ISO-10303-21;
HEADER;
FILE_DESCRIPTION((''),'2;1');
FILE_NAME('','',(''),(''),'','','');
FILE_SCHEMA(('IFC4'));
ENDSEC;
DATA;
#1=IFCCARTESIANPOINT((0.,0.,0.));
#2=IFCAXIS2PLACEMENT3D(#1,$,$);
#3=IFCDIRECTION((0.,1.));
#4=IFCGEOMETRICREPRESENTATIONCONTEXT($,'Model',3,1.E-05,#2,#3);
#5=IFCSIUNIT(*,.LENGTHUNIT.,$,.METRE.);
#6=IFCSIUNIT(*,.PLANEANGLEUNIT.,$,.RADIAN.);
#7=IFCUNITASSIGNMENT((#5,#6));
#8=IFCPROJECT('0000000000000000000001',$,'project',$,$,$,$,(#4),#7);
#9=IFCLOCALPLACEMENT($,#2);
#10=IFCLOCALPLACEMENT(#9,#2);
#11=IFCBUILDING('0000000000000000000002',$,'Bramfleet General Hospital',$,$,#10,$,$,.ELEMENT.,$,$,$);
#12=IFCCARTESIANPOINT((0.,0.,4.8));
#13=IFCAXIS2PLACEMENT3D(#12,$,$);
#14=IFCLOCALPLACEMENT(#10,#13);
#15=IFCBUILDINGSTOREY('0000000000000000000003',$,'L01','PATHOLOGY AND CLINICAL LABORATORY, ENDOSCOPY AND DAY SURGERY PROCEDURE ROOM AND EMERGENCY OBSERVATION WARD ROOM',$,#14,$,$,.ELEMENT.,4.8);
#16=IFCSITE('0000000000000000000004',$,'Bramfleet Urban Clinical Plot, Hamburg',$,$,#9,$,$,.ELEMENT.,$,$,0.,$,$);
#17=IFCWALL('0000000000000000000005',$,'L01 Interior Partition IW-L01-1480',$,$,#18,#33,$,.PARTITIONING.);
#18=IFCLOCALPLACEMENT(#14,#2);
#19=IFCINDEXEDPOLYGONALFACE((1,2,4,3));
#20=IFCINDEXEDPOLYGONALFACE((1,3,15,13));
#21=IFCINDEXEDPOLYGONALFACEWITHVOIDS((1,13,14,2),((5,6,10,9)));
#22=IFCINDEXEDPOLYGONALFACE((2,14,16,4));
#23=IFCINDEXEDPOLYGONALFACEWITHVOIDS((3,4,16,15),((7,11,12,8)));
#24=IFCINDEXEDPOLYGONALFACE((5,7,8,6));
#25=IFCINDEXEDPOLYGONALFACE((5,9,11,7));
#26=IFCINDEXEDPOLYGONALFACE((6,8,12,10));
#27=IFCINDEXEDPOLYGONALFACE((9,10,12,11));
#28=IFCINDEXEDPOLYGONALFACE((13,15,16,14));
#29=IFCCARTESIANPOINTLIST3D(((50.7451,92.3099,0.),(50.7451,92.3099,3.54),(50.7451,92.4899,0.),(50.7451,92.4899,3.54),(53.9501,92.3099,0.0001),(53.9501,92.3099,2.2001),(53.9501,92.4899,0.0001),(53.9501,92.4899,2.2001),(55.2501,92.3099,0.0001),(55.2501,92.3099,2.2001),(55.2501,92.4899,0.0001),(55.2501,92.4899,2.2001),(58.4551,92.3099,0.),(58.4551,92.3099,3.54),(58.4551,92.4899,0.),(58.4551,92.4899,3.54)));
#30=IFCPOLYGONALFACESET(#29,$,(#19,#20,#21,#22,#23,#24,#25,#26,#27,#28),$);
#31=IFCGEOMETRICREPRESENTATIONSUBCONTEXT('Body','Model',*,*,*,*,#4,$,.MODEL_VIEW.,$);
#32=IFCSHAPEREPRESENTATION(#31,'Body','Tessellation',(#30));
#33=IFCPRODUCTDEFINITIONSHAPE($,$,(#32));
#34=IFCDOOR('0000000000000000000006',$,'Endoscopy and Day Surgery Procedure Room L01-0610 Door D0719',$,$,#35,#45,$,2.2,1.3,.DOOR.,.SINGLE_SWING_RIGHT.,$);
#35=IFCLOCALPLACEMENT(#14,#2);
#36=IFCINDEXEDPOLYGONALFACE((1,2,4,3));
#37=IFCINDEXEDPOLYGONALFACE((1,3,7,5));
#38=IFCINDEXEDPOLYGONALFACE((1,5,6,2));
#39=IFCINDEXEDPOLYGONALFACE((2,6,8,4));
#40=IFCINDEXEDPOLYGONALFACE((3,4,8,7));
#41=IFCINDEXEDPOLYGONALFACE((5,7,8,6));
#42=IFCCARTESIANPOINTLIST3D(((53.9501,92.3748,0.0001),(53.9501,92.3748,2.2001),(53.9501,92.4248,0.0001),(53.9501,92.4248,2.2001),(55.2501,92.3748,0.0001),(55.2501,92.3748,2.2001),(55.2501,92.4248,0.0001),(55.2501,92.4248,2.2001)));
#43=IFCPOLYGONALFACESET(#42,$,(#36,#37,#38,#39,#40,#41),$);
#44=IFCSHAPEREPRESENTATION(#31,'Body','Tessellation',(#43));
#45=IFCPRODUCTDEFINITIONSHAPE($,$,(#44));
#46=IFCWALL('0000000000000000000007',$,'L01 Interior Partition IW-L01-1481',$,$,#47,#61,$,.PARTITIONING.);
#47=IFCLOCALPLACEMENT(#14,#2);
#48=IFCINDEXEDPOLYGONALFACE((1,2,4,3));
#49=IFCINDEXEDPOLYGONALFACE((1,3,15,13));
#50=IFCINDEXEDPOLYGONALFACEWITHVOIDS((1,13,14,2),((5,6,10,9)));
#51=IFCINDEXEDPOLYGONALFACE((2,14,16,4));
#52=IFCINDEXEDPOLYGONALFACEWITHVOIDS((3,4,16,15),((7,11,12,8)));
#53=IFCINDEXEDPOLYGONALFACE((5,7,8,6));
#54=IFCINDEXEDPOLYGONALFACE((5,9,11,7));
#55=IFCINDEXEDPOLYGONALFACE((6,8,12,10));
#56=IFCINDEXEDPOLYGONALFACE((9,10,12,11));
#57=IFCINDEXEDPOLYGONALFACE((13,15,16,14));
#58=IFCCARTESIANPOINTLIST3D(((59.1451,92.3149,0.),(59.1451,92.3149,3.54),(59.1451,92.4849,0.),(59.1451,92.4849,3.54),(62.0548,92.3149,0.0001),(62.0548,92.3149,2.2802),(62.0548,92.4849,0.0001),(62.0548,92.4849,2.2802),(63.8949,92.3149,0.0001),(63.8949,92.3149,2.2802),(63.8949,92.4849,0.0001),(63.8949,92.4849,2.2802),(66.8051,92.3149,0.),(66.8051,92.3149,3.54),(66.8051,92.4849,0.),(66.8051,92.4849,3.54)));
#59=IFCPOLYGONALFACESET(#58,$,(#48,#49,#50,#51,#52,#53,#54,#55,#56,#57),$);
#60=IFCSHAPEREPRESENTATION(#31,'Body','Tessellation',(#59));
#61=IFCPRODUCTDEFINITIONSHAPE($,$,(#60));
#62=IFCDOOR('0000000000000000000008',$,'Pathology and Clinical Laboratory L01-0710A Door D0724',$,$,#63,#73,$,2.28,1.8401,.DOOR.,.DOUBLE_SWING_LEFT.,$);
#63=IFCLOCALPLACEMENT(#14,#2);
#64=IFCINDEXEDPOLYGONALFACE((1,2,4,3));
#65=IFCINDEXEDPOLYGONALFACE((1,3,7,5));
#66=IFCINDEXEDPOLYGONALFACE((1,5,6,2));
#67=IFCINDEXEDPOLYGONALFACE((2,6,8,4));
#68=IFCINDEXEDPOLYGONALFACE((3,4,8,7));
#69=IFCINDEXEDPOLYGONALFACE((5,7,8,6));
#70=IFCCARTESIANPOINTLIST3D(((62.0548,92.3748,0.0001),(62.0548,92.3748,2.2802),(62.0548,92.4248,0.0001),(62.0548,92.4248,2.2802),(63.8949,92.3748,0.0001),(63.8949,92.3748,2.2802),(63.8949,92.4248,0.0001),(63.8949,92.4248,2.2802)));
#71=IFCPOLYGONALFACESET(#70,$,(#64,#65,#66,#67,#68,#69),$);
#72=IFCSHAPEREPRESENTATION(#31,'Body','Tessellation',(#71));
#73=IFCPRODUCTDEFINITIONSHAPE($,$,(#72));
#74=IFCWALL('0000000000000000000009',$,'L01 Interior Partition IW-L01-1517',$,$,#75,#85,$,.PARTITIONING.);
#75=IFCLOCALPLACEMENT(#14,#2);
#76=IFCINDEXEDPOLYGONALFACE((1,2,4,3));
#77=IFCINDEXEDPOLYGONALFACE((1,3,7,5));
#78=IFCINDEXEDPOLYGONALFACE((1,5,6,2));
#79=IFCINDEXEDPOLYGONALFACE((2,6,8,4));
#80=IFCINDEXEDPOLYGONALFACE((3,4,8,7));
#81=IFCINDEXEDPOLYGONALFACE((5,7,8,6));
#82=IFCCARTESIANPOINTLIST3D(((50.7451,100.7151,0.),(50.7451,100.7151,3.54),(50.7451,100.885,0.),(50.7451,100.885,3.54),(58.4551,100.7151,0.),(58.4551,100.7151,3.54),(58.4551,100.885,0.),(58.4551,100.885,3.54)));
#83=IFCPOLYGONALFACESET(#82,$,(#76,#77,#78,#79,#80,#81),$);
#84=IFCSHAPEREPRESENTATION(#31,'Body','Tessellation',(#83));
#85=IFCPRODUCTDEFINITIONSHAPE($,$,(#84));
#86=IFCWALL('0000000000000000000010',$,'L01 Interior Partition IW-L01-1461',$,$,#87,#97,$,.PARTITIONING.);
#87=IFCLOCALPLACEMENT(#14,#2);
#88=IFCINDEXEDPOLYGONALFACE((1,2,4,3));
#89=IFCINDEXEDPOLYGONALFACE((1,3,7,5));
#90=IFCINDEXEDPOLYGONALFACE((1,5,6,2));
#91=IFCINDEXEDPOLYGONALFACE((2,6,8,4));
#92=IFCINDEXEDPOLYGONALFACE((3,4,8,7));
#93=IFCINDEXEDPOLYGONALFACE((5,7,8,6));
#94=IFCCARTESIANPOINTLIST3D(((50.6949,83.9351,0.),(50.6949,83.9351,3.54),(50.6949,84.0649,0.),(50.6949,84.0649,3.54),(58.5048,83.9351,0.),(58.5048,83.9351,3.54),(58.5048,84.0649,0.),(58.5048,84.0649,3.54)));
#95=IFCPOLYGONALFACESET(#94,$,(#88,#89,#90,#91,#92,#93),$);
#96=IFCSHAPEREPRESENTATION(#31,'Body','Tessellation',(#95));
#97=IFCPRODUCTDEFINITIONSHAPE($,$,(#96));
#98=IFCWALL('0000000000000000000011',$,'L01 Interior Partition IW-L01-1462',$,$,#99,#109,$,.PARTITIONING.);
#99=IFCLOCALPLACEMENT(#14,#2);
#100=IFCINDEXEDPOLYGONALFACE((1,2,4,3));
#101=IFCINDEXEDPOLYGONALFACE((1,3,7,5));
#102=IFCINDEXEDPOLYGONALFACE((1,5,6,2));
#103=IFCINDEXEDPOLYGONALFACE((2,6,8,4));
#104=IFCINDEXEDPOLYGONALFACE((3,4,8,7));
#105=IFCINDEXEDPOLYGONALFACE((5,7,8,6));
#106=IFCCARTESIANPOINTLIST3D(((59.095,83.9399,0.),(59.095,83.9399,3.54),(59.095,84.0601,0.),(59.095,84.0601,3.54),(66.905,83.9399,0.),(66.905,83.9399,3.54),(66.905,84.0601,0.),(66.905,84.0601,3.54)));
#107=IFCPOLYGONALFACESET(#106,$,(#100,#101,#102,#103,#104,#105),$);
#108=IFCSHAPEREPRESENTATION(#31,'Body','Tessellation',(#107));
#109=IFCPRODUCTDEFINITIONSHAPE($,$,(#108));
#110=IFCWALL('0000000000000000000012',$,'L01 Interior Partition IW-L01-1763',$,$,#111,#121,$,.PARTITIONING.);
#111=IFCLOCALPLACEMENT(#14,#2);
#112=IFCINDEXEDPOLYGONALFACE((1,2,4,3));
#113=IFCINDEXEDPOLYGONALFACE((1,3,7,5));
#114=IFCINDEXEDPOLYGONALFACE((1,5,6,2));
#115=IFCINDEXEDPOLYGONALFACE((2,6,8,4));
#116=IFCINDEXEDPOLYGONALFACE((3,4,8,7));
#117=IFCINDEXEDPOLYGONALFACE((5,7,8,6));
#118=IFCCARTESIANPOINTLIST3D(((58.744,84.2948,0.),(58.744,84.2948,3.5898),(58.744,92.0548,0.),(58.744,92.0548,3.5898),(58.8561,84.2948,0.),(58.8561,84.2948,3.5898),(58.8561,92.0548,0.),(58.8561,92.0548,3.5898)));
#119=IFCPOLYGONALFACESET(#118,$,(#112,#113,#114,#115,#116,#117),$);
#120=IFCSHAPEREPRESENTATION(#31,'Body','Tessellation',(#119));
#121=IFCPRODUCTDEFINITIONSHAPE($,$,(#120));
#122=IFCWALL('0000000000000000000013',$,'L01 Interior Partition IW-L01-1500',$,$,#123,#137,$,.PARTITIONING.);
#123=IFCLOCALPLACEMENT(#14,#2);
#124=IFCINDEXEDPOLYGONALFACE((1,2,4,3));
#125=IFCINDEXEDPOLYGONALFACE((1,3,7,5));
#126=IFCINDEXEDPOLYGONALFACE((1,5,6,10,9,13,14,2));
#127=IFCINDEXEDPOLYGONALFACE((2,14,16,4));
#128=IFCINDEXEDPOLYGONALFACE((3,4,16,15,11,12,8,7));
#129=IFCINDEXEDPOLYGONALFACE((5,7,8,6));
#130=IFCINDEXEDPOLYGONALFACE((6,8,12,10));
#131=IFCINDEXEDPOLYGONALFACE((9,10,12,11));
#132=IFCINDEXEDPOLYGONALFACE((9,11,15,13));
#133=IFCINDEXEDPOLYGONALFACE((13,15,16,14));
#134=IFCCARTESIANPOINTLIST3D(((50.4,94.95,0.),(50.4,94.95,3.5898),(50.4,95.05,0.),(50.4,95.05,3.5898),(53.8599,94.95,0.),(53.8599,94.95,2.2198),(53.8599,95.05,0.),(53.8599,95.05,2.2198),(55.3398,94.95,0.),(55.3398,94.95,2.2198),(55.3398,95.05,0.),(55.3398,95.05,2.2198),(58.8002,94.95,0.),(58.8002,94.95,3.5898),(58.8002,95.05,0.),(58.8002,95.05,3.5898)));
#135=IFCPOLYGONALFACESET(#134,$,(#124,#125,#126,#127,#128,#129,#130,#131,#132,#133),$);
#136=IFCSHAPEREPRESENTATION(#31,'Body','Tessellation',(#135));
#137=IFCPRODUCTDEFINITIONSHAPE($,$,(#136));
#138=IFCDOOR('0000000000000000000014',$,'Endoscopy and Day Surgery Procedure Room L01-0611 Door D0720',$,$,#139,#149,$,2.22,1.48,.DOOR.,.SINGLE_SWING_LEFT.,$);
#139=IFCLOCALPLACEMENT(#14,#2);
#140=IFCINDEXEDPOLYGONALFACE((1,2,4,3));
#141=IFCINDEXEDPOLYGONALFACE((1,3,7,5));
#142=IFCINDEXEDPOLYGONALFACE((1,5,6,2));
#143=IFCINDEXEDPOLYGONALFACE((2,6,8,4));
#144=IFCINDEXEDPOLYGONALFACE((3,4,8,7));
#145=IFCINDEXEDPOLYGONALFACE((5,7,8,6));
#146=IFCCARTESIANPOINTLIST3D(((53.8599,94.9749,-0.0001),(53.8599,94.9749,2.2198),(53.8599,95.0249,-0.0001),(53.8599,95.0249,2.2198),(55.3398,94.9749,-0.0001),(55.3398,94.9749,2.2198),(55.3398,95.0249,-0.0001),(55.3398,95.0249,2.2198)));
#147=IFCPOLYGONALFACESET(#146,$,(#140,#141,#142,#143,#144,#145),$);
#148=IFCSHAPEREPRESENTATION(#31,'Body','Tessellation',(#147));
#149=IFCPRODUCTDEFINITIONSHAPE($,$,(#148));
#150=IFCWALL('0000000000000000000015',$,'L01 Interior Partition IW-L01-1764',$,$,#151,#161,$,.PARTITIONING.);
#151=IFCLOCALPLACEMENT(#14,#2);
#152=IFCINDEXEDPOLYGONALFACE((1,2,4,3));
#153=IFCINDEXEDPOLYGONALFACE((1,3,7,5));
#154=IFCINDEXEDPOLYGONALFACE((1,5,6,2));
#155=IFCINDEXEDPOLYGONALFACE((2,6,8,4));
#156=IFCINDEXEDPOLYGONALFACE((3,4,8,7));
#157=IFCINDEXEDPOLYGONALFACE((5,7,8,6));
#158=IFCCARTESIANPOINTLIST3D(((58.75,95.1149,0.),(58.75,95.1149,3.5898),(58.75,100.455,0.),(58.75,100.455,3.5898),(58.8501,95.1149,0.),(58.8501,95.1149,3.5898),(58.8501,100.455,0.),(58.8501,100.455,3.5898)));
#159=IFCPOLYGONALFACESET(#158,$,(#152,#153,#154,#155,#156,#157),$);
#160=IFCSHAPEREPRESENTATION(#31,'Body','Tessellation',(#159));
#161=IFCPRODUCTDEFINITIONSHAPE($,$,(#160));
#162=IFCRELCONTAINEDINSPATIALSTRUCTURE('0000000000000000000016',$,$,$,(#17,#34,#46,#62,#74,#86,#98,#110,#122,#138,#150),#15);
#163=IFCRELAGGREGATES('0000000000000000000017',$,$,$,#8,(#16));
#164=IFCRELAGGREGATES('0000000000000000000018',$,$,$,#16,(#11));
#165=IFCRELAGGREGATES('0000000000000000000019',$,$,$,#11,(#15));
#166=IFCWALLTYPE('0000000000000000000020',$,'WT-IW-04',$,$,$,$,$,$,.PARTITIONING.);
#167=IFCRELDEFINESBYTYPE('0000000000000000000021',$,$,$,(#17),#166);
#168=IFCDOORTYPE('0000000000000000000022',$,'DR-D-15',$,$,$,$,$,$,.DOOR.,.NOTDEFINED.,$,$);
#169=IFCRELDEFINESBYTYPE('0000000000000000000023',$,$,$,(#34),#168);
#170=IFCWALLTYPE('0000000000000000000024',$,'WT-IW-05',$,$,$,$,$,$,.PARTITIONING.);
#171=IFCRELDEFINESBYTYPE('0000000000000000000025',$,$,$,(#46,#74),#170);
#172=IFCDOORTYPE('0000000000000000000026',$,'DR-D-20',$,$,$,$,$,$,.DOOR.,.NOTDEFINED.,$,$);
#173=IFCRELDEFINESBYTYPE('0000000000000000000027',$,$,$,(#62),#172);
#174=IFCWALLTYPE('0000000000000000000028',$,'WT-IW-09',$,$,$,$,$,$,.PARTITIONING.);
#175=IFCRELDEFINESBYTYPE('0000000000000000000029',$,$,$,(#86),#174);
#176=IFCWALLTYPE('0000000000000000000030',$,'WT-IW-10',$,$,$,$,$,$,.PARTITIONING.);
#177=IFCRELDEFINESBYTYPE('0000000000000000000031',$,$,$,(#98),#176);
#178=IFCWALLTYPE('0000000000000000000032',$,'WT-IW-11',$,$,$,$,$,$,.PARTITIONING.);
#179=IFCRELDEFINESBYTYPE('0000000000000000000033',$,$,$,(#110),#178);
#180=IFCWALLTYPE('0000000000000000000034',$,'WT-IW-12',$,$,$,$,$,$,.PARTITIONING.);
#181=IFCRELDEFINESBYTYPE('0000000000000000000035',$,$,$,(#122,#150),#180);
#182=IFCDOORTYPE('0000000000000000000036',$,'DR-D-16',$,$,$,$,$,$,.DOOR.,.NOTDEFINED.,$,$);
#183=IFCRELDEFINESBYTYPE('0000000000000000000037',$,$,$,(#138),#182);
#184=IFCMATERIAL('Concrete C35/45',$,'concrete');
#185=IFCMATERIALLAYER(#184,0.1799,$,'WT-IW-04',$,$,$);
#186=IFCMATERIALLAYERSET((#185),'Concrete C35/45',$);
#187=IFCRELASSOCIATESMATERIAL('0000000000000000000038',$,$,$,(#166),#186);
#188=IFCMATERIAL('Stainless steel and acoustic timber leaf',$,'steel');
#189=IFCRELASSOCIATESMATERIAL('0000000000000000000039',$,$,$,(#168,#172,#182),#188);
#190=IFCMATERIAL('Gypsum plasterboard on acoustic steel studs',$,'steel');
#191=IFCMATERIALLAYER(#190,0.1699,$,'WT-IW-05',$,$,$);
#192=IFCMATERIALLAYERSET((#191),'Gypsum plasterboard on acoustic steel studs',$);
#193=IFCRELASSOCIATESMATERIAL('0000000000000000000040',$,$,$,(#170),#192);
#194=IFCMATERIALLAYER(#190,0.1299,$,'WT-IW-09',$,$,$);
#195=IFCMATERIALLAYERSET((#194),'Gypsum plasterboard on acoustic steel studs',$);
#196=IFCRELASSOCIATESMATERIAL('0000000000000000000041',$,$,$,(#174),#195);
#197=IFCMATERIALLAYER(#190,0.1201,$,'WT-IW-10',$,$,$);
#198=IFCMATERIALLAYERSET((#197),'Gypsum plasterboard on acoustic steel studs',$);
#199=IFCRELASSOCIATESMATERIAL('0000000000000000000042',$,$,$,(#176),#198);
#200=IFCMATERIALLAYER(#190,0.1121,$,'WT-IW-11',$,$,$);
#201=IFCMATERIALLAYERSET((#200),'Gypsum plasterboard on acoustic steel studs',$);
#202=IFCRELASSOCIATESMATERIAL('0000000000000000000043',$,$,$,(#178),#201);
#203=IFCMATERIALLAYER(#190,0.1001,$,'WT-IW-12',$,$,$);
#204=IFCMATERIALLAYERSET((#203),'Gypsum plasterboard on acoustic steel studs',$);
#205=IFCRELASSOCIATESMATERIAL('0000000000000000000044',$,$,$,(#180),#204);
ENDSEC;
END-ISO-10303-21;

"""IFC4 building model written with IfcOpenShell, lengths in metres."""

from ifc_helpers import new_model, si_unit, direction, frame, frame_2d, origin, place, context, subcontext, project, spatial, rectangle, extrude, material, layer, layer_set, type_object, element, fill, save


model = new_model("IFC4")

# Units and contexts
model_context = context("Model", 3, precision=1e-05, world=origin(), true_north=direction((0.0, 1.0)))
body_context = subcontext(model_context, "Body", "Model", "MODEL_VIEW")
ifc_project = project(units=[si_unit("LENGTHUNIT", "METRE"), si_unit("PLANEANGLEUNIT", "RADIAN")], contexts=[model_context])

# Site, building, storey
site_placement = place(None, origin())
site = spatial("IfcSite", under=ifc_project, at=site_placement, Name="Bramfleet Urban Clinical Plot, Hamburg", CompositionType="ELEMENT", RefElevation=0.0)
building_placement = place(site_placement, origin())
building = spatial("IfcBuilding", under=site, at=building_placement, Name="Bramfleet General Hospital", CompositionType="ELEMENT")
storey_placement = place(building_placement, frame((0.0, 0.0, 4.8)))
storey = spatial("IfcBuildingStorey", under=building, at=storey_placement, Name="L01", Description="PATHOLOGY AND CLINICAL LABORATORY, ENDOSCOPY AND DAY SURGERY PROCEDURE ROOM AND EMERGENCY OBSERVATION WARD ROOM", CompositionType="ELEMENT", Elevation=4.8)

# Shared definitions
ifc_material_1 = material(Name="Concrete C35/45", Category="concrete")

# Shared definitions
ifc_material_2 = material(Name="Stainless steel and acoustic timber leaf", Category="steel")

# Walls, openings, doors
ifc_layer_1 = layer(ifc_material_1, 0.1799, Name="WT-IW-04")
ifc_layer_set_1 = layer_set([ifc_layer_1], Name="Concrete C35/45")
wall_type_1 = type_object("IfcWallType", Name="WT-IW-04", PredefinedType="PARTITIONING", material=ifc_layer_set_1)
wall_1_placement = place(storey_placement, frame((50.7451, 92.3999, 0.0), z_axis=(0.0, 0.0, 1.0), x_axis=(1.0, 0.0, 0.0)))
wall_1 = element("IfcWall", 1, at=wall_1_placement, inside=storey, type_object=wall_type_1, Name="L01 Interior Partition IW-L01-1480", PredefinedType="PARTITIONING", context=body_context, shape_type="SweptSolid", body=[
    extrude(rectangle(XDim=7.71, YDim=0.1799, at=frame_2d((3.855, 0.0))), origin(), (0.0, 0.0, 1.0), 3.54),
])
opening_1_placement = place(wall_1_placement, frame((3.2051, 0.0, 0.0)))
opening_1 = element("IfcOpeningElement", 2, at=opening_1_placement, cuts=wall_1, PredefinedType="OPENING", context=body_context, shape_type="SweptSolid", body=[
    extrude(rectangle(XDim=1.3, YDim=2.2, at=frame_2d((0.6499, 1.1001))), frame((0.0, 0.0999, 0.0), z_axis=(0.0, -1.0, 0.0), x_axis=(1.0, 0.0, 0.0)), (0.0, 0.0, 1.0), 0.2),
])
door_type_1 = type_object("IfcDoorType", Name="DR-D-15", OperationType="NOTDEFINED", PredefinedType="DOOR", material=ifc_material_2)
door_1_placement = place(opening_1_placement, origin())
door_1 = element("IfcDoor", 3, at=door_1_placement, inside=storey, type_object=door_type_1, Name="Endoscopy and Day Surgery Procedure Room L01-0610 Door D0719", OperationType="SINGLE_SWING_RIGHT", OverallHeight=2.2, OverallWidth=1.3, PredefinedType="DOOR", context=body_context, shape_type="SweptSolid", body=[
    extrude(rectangle(XDim=1.3, YDim=2.2, at=frame_2d((0.6499, 1.1001))), frame((0.0, 0.0249, 0.0), z_axis=(0.0, -1.0, 0.0), x_axis=(1.0, 0.0, 0.0)), (0.0, 0.0, 1.0), 0.05),
])
fill(opening_1, door_1)
ifc_material_3 = material(Name="Gypsum plasterboard on acoustic steel studs", Category="steel")
ifc_layer_2 = layer(ifc_material_3, 0.1699, Name="WT-IW-05")
ifc_layer_set_2 = layer_set([ifc_layer_2], Name="Gypsum plasterboard on acoustic steel studs")
wall_type_2 = type_object("IfcWallType", Name="WT-IW-05", PredefinedType="PARTITIONING", material=ifc_layer_set_2)
wall_2_placement = place(storey_placement, frame((59.145, 92.3999, 0.0), z_axis=(0.0, 0.0, 1.0), x_axis=(1.0, 0.0, 0.0)))
wall_2 = element("IfcWall", 4, at=wall_2_placement, inside=storey, type_object=wall_type_2, Name="L01 Interior Partition IW-L01-1481", PredefinedType="PARTITIONING", context=body_context, shape_type="SweptSolid", body=[
    extrude(rectangle(XDim=7.6599, YDim=0.1699, at=frame_2d((3.8301, 0.0))), origin(), (0.0, 0.0, 1.0), 3.54),
])
opening_2_placement = place(wall_2_placement, frame((2.9099, 0.0, 0.0)))
opening_2 = element("IfcOpeningElement", 5, at=opening_2_placement, cuts=wall_2, PredefinedType="OPENING", context=body_context, shape_type="SweptSolid", body=[
    extrude(rectangle(XDim=1.8401, YDim=2.28, at=frame_2d((0.9199, 1.1401))), frame((0.0, 0.095, 0.0), z_axis=(0.0, -1.0, 0.0), x_axis=(1.0, 0.0, 0.0)), (0.0, 0.0, 1.0), 0.1899),
])
door_type_2 = type_object("IfcDoorType", Name="DR-D-20", OperationType="NOTDEFINED", PredefinedType="DOOR", material=ifc_material_2)
door_2_placement = place(opening_2_placement, origin())
door_2 = element("IfcDoor", 6, at=door_2_placement, inside=storey, type_object=door_type_2, Name="Pathology and Clinical Laboratory L01-0710A Door D0724", OperationType="DOUBLE_SWING_LEFT", OverallHeight=2.28, OverallWidth=1.8401, PredefinedType="DOOR", context=body_context, shape_type="SweptSolid", body=[
    extrude(rectangle(XDim=1.8401, YDim=2.28, at=frame_2d((0.9199, 1.1401))), frame((0.0, 0.0249, 0.0), z_axis=(0.0, -1.0, 0.0), x_axis=(1.0, 0.0, 0.0)), (0.0, 0.0, 1.0), 0.05),
])
fill(opening_2, door_2)

# Walls
wall_3_placement = place(storey_placement, frame((50.7451, 100.8, 0.0), z_axis=(0.0, 0.0, 1.0), x_axis=(1.0, 0.0, 0.0)))
element("IfcWall", 7, at=wall_3_placement, inside=storey, type_object=wall_type_2, Name="L01 Interior Partition IW-L01-1517", PredefinedType="PARTITIONING", context=body_context, shape_type="SweptSolid", body=[
    extrude(rectangle(XDim=7.71, YDim=0.1699, at=frame_2d((3.855, 0.0))), origin(), (0.0, 0.0, 1.0), 3.54),
])
ifc_layer_3 = layer(ifc_material_3, 0.1299, Name="WT-IW-09")
ifc_layer_set_3 = layer_set([ifc_layer_3], Name="Gypsum plasterboard on acoustic steel studs")
wall_type_3 = type_object("IfcWallType", Name="WT-IW-09", PredefinedType="PARTITIONING", material=ifc_layer_set_3)
wall_4_placement = place(storey_placement, frame((50.6951, 84.0, 0.0), z_axis=(0.0, 0.0, 1.0), x_axis=(1.0, 0.0, 0.0)))
element("IfcWall", 8, at=wall_4_placement, inside=storey, type_object=wall_type_3, Name="L01 Interior Partition IW-L01-1461", PredefinedType="PARTITIONING", context=body_context, shape_type="SweptSolid", body=[
    extrude(rectangle(XDim=7.8098, YDim=0.1299, at=frame_2d((3.9048, 0.0))), origin(), (0.0, 0.0, 1.0), 3.54),
])
ifc_layer_4 = layer(ifc_material_3, 0.1201, Name="WT-IW-10")
ifc_layer_set_4 = layer_set([ifc_layer_4], Name="Gypsum plasterboard on acoustic steel studs")
wall_type_4 = type_object("IfcWallType", Name="WT-IW-10", PredefinedType="PARTITIONING", material=ifc_layer_set_4)
wall_5_placement = place(storey_placement, frame((59.095, 84.0, 0.0), z_axis=(0.0, 0.0, 1.0), x_axis=(1.0, 0.0, 0.0)))
element("IfcWall", 9, at=wall_5_placement, inside=storey, type_object=wall_type_4, Name="L01 Interior Partition IW-L01-1462", PredefinedType="PARTITIONING", context=body_context, shape_type="SweptSolid", body=[
    extrude(rectangle(XDim=7.8101, YDim=0.1201, at=frame_2d((3.905, 0.0))), origin(), (0.0, 0.0, 1.0), 3.54),
])
ifc_layer_5 = layer(ifc_material_3, 0.1121, Name="WT-IW-11")
ifc_layer_set_5 = layer_set([ifc_layer_5], Name="Gypsum plasterboard on acoustic steel studs")
wall_type_5 = type_object("IfcWallType", Name="WT-IW-11", PredefinedType="PARTITIONING", material=ifc_layer_set_5)
wall_6_placement = place(storey_placement, frame((58.8, 84.2949, 0.0), z_axis=(0.0, 0.0, 1.0), x_axis=(0.0, 1.0, 0.0)))
element("IfcWall", 10, at=wall_6_placement, inside=storey, type_object=wall_type_5, Name="L01 Interior Partition IW-L01-1763", PredefinedType="PARTITIONING", context=body_context, shape_type="SweptSolid", body=[
    extrude(rectangle(XDim=7.76, YDim=0.1121, at=frame_2d((3.8799, 0.0))), origin(), (0.0, 0.0, 1.0), 3.5898),
])

# Wall, opening, door
ifc_layer_6 = layer(ifc_material_3, 0.1001, Name="WT-IW-12")
ifc_layer_set_6 = layer_set([ifc_layer_6], Name="Gypsum plasterboard on acoustic steel studs")
wall_type_6 = type_object("IfcWallType", Name="WT-IW-12", PredefinedType="PARTITIONING", material=ifc_layer_set_6)
wall_7_placement = place(storey_placement, frame((50.3999, 95.0, 0.0), z_axis=(0.0, 0.0, 1.0), x_axis=(1.0, 0.0, 0.0)))
wall_7 = element("IfcWall", 11, at=wall_7_placement, inside=storey, type_object=wall_type_6, Name="L01 Interior Partition IW-L01-1500", PredefinedType="PARTITIONING", context=body_context, shape_type="SweptSolid", body=[
    extrude(rectangle(XDim=8.4001, YDim=0.1001, at=frame_2d((4.2002, 0.0))), origin(), (0.0, 0.0, 1.0), 3.5898),
])
opening_3_placement = place(wall_7_placement, frame((3.46, 0.0, 0.0)))
opening_3 = element("IfcOpeningElement", 12, at=opening_3_placement, cuts=wall_7, PredefinedType="OPENING", context=body_context, shape_type="SweptSolid", body=[
    extrude(rectangle(XDim=1.48, YDim=2.22, at=frame_2d((0.74, 1.1099))), frame((0.0, 0.0601, 0.0), z_axis=(0.0, -1.0, 0.0), x_axis=(1.0, 0.0, 0.0)), (0.0, 0.0, 1.0), 0.1201),
])
door_type_3 = type_object("IfcDoorType", Name="DR-D-16", OperationType="NOTDEFINED", PredefinedType="DOOR", material=ifc_material_2)
door_3_placement = place(opening_3_placement, origin())
door_3 = element("IfcDoor", 13, at=door_3_placement, inside=storey, type_object=door_type_3, Name="Endoscopy and Day Surgery Procedure Room L01-0611 Door D0720", OperationType="SINGLE_SWING_LEFT", OverallHeight=2.22, OverallWidth=1.48, PredefinedType="DOOR", context=body_context, shape_type="SweptSolid", body=[
    extrude(rectangle(XDim=1.48, YDim=2.22, at=frame_2d((0.74, 1.1099))), frame((0.0, 0.0249, 0.0), z_axis=(0.0, -1.0, 0.0), x_axis=(1.0, 0.0, 0.0)), (0.0, 0.0, 1.0), 0.05),
])
fill(opening_3, door_3)

# Wall
wall_8_placement = place(storey_placement, frame((58.8, 95.115, 0.0), z_axis=(0.0, 0.0, 1.0), x_axis=(0.0, 1.0, 0.0)))
element("IfcWall", 14, at=wall_8_placement, inside=storey, type_object=wall_type_6, Name="L01 Interior Partition IW-L01-1764", PredefinedType="PARTITIONING", context=body_context, shape_type="SweptSolid", body=[
    extrude(rectangle(XDim=5.3401, YDim=0.1001, at=frame_2d((2.6699, 0.0))), origin(), (0.0, 0.0, 1.0), 3.5898),
])

save(model, "model.ifc")
